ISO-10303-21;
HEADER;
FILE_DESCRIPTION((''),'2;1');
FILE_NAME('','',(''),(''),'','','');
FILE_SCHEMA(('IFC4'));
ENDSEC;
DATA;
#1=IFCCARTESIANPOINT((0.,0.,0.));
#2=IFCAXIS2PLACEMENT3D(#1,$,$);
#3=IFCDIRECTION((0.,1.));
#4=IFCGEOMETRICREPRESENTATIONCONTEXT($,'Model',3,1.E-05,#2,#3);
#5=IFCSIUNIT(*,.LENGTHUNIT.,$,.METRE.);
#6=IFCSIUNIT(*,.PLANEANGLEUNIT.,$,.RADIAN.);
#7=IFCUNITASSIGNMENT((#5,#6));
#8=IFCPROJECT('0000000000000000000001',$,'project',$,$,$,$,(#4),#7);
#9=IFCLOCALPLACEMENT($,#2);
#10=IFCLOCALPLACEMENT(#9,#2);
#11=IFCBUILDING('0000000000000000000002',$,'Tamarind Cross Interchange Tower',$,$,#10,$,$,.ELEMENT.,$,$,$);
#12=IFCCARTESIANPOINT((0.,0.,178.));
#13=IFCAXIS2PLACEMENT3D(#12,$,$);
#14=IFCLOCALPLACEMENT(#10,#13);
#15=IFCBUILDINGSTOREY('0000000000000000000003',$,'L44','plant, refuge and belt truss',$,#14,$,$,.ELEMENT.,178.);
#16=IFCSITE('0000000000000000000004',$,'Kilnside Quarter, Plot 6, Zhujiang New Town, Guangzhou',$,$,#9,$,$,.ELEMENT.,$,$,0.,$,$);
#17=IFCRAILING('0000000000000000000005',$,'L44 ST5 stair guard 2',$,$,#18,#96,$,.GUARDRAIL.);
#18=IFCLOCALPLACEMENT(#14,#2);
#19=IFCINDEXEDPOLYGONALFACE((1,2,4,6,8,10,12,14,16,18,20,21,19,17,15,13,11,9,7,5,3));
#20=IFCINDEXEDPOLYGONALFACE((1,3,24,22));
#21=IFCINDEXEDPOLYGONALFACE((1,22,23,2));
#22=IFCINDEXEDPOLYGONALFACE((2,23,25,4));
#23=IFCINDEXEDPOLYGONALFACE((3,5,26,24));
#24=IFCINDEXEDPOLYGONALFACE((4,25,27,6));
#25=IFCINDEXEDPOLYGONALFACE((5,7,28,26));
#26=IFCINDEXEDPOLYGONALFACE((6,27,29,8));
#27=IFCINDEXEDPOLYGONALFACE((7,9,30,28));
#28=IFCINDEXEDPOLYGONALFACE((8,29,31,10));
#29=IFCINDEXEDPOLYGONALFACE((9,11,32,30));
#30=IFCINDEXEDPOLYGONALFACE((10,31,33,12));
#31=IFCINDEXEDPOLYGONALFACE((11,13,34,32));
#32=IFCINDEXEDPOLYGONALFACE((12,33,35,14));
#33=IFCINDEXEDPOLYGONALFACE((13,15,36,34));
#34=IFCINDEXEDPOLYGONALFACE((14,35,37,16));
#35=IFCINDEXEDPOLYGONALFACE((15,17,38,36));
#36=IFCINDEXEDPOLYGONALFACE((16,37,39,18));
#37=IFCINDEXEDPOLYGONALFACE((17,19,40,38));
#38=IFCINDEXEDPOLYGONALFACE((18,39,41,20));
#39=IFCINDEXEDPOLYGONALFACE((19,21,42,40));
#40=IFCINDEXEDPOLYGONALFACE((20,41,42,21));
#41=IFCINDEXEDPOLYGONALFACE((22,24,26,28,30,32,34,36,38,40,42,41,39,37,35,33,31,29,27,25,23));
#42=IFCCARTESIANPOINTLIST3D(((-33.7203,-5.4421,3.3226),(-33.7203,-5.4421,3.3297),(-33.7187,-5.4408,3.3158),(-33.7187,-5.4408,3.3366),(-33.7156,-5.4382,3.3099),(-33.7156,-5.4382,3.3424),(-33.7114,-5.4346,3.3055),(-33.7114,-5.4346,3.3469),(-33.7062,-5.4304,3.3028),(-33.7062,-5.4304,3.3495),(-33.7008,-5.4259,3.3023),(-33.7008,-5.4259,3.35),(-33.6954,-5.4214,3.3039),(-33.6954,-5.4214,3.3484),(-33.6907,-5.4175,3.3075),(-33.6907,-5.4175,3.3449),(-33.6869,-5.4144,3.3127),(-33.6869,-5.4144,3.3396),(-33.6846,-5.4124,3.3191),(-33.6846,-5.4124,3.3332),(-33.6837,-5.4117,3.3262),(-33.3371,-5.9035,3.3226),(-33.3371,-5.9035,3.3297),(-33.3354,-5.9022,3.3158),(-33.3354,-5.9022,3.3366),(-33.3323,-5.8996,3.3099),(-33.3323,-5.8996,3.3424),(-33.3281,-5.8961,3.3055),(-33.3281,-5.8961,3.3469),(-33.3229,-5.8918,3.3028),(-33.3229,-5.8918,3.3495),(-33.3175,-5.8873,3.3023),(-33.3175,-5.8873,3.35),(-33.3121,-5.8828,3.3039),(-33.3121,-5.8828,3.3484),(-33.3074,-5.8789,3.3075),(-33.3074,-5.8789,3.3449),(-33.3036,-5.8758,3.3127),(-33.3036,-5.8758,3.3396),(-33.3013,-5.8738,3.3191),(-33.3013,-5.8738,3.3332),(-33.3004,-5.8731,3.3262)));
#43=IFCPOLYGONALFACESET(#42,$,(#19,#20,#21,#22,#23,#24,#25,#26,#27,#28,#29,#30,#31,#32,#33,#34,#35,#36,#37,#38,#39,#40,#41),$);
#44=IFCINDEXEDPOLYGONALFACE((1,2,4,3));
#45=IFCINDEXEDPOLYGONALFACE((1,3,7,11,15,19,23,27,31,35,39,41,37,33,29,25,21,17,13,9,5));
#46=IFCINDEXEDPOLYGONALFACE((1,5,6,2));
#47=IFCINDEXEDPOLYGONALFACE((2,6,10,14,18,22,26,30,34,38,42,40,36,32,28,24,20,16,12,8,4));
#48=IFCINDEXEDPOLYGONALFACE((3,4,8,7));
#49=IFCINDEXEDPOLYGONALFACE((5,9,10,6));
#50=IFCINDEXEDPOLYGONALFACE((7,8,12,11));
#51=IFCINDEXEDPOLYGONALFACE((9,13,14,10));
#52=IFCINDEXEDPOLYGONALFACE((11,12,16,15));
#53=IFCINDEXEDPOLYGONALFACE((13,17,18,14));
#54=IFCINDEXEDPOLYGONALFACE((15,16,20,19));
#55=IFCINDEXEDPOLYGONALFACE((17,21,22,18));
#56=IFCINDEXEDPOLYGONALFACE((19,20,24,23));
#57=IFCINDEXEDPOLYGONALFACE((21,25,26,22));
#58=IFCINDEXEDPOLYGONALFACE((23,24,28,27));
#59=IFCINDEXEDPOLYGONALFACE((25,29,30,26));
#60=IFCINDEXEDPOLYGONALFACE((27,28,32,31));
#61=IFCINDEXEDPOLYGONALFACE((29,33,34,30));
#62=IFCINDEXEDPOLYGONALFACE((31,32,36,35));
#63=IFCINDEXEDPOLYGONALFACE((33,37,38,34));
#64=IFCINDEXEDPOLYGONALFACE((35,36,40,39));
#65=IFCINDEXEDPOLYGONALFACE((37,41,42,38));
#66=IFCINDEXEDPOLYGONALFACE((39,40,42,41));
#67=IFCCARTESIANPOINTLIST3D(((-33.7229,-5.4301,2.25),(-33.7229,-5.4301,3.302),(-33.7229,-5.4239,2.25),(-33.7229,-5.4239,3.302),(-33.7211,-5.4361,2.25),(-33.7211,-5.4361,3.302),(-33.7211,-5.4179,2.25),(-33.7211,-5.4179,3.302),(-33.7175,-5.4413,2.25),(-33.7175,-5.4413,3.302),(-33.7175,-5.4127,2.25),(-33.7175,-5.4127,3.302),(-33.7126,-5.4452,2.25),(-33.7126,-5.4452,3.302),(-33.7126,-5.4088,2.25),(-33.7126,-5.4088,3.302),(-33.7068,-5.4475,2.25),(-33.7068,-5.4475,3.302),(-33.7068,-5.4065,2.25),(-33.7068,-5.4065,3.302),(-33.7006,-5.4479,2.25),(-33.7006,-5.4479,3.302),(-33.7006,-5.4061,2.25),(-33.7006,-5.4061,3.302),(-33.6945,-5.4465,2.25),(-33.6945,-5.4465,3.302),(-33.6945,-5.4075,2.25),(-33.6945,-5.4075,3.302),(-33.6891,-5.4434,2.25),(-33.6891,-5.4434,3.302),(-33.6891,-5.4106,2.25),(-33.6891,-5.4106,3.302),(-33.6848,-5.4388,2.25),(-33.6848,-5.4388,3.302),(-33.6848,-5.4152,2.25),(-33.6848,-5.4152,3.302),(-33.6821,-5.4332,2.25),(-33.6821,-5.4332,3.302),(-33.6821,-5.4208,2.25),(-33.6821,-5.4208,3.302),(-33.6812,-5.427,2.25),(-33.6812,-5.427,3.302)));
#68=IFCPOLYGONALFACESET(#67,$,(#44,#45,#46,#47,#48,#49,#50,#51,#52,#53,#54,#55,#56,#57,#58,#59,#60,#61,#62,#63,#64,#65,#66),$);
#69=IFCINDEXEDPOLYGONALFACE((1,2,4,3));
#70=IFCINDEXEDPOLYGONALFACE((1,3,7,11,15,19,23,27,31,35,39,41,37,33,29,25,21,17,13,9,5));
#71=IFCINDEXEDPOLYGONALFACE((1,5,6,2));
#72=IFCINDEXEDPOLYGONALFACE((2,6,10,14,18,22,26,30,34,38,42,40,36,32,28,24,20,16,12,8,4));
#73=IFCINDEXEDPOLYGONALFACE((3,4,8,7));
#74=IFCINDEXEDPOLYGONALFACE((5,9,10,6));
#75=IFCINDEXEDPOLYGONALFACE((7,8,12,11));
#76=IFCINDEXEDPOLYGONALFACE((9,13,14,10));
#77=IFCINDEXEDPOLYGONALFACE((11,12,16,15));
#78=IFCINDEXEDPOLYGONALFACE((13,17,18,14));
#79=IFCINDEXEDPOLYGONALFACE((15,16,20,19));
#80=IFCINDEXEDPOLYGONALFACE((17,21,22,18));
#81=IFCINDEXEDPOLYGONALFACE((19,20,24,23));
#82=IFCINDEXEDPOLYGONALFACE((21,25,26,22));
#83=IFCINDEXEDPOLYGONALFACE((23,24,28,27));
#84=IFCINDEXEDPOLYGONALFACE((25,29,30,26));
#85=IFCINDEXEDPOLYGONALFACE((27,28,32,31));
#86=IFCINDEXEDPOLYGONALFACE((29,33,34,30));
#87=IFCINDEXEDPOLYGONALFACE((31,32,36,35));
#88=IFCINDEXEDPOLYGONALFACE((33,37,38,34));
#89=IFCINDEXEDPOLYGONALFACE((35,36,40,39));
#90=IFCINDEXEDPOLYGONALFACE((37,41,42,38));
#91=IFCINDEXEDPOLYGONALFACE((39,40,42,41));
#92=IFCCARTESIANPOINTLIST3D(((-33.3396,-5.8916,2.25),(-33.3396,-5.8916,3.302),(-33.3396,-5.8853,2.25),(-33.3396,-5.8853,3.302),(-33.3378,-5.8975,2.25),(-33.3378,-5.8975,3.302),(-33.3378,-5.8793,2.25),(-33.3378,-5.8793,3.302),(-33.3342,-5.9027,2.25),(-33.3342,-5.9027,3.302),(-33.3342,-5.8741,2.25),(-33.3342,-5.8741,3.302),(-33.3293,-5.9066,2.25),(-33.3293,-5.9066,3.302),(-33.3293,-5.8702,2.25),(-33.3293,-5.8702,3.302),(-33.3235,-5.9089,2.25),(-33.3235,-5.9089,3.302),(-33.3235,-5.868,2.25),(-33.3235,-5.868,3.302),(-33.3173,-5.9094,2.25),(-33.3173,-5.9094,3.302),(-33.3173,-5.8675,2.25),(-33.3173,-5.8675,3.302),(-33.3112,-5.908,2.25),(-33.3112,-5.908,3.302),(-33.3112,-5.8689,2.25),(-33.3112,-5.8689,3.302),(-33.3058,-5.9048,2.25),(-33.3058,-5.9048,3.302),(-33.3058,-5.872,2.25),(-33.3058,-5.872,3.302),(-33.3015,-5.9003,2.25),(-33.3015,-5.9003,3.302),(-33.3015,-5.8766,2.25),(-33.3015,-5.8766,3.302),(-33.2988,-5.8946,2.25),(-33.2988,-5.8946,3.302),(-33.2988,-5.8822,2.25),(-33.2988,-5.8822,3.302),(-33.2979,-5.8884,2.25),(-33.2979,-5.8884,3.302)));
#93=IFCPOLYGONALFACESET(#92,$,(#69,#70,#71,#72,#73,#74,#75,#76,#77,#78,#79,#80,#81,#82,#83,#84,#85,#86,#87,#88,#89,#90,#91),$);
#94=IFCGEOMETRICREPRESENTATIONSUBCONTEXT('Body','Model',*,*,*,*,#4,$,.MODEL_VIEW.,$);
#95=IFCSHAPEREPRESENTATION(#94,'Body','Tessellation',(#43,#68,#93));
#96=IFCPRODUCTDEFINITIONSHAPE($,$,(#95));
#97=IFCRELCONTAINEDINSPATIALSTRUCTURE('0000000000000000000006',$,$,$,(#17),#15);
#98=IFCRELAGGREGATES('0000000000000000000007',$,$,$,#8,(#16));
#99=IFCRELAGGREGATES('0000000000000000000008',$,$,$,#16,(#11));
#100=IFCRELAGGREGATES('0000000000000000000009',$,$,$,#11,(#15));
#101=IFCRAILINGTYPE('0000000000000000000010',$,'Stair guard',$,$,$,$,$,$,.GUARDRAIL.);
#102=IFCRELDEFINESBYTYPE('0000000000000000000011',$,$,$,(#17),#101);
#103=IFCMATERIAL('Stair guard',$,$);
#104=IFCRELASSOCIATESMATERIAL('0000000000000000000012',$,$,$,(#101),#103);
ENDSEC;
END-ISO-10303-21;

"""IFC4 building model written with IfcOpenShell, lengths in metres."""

from ifc_helpers import new_model, si_unit, direction, frame, origin, origin_2d, place, context, subcontext, project, spatial, circle, extrude, material, type_object, element, save


model = new_model("IFC4")

# Units and contexts
model_context = context("Model", 3, precision=1e-05, world=origin(), true_north=direction((0.0, 1.0)))
body_context = subcontext(model_context, "Body", "Model", "MODEL_VIEW")
ifc_project = project(units=[si_unit("LENGTHUNIT", "METRE"), si_unit("PLANEANGLEUNIT", "RADIAN")], contexts=[model_context])

# Site, building, storey
site_placement = place(None, origin())
site = spatial("IfcSite", under=ifc_project, at=site_placement, Name="Kilnside Quarter, Plot 6, Zhujiang New Town, Guangzhou", CompositionType="ELEMENT", RefElevation=0.0)
building_placement = place(site_placement, origin())
building = spatial("IfcBuilding", under=site, at=building_placement, Name="Tamarind Cross Interchange Tower", CompositionType="ELEMENT")
storey_placement = place(building_placement, frame((0.0, 0.0, 178.0)))
storey = spatial("IfcBuildingStorey", under=building, at=storey_placement, Name="L44", Description="plant, refuge and belt truss", CompositionType="ELEMENT", Elevation=178.0)

# Railing
ifc_material_1 = material(Name="Stair guard")
railing_type_1 = type_object("IfcRailingType", Name="Stair guard", PredefinedType="GUARDRAIL", material=ifc_material_1)
railing_1_placement = place(storey_placement, frame((-33.7021, -5.427, 2.25)))
element("IfcRailing", 1, at=railing_1_placement, inside=storey, type_object=railing_type_1, Name="L44 ST5 stair guard 2", PredefinedType="GUARDRAIL", context=body_context, shape_type="SweptSolid", body=[
    extrude(circle(Radius=0.0239, at=origin_2d()), frame((0.0, 0.0, 1.0762), z_axis=(0.638983, -0.769221, 0.0), x_axis=(0.769221, 0.638983, 0.0)), (0.0, 0.0, 1.0), 0.5999),
    extrude(circle(Radius=0.021, at=origin_2d()), origin(), (0.0, 0.0, 1.0), 1.052),
    extrude(circle(Radius=0.021, at=origin_2d()), frame((0.3833, -0.4614, 0.0)), (0.0, 0.0, 1.0), 1.052),
])

save(model, "model.ifc")
